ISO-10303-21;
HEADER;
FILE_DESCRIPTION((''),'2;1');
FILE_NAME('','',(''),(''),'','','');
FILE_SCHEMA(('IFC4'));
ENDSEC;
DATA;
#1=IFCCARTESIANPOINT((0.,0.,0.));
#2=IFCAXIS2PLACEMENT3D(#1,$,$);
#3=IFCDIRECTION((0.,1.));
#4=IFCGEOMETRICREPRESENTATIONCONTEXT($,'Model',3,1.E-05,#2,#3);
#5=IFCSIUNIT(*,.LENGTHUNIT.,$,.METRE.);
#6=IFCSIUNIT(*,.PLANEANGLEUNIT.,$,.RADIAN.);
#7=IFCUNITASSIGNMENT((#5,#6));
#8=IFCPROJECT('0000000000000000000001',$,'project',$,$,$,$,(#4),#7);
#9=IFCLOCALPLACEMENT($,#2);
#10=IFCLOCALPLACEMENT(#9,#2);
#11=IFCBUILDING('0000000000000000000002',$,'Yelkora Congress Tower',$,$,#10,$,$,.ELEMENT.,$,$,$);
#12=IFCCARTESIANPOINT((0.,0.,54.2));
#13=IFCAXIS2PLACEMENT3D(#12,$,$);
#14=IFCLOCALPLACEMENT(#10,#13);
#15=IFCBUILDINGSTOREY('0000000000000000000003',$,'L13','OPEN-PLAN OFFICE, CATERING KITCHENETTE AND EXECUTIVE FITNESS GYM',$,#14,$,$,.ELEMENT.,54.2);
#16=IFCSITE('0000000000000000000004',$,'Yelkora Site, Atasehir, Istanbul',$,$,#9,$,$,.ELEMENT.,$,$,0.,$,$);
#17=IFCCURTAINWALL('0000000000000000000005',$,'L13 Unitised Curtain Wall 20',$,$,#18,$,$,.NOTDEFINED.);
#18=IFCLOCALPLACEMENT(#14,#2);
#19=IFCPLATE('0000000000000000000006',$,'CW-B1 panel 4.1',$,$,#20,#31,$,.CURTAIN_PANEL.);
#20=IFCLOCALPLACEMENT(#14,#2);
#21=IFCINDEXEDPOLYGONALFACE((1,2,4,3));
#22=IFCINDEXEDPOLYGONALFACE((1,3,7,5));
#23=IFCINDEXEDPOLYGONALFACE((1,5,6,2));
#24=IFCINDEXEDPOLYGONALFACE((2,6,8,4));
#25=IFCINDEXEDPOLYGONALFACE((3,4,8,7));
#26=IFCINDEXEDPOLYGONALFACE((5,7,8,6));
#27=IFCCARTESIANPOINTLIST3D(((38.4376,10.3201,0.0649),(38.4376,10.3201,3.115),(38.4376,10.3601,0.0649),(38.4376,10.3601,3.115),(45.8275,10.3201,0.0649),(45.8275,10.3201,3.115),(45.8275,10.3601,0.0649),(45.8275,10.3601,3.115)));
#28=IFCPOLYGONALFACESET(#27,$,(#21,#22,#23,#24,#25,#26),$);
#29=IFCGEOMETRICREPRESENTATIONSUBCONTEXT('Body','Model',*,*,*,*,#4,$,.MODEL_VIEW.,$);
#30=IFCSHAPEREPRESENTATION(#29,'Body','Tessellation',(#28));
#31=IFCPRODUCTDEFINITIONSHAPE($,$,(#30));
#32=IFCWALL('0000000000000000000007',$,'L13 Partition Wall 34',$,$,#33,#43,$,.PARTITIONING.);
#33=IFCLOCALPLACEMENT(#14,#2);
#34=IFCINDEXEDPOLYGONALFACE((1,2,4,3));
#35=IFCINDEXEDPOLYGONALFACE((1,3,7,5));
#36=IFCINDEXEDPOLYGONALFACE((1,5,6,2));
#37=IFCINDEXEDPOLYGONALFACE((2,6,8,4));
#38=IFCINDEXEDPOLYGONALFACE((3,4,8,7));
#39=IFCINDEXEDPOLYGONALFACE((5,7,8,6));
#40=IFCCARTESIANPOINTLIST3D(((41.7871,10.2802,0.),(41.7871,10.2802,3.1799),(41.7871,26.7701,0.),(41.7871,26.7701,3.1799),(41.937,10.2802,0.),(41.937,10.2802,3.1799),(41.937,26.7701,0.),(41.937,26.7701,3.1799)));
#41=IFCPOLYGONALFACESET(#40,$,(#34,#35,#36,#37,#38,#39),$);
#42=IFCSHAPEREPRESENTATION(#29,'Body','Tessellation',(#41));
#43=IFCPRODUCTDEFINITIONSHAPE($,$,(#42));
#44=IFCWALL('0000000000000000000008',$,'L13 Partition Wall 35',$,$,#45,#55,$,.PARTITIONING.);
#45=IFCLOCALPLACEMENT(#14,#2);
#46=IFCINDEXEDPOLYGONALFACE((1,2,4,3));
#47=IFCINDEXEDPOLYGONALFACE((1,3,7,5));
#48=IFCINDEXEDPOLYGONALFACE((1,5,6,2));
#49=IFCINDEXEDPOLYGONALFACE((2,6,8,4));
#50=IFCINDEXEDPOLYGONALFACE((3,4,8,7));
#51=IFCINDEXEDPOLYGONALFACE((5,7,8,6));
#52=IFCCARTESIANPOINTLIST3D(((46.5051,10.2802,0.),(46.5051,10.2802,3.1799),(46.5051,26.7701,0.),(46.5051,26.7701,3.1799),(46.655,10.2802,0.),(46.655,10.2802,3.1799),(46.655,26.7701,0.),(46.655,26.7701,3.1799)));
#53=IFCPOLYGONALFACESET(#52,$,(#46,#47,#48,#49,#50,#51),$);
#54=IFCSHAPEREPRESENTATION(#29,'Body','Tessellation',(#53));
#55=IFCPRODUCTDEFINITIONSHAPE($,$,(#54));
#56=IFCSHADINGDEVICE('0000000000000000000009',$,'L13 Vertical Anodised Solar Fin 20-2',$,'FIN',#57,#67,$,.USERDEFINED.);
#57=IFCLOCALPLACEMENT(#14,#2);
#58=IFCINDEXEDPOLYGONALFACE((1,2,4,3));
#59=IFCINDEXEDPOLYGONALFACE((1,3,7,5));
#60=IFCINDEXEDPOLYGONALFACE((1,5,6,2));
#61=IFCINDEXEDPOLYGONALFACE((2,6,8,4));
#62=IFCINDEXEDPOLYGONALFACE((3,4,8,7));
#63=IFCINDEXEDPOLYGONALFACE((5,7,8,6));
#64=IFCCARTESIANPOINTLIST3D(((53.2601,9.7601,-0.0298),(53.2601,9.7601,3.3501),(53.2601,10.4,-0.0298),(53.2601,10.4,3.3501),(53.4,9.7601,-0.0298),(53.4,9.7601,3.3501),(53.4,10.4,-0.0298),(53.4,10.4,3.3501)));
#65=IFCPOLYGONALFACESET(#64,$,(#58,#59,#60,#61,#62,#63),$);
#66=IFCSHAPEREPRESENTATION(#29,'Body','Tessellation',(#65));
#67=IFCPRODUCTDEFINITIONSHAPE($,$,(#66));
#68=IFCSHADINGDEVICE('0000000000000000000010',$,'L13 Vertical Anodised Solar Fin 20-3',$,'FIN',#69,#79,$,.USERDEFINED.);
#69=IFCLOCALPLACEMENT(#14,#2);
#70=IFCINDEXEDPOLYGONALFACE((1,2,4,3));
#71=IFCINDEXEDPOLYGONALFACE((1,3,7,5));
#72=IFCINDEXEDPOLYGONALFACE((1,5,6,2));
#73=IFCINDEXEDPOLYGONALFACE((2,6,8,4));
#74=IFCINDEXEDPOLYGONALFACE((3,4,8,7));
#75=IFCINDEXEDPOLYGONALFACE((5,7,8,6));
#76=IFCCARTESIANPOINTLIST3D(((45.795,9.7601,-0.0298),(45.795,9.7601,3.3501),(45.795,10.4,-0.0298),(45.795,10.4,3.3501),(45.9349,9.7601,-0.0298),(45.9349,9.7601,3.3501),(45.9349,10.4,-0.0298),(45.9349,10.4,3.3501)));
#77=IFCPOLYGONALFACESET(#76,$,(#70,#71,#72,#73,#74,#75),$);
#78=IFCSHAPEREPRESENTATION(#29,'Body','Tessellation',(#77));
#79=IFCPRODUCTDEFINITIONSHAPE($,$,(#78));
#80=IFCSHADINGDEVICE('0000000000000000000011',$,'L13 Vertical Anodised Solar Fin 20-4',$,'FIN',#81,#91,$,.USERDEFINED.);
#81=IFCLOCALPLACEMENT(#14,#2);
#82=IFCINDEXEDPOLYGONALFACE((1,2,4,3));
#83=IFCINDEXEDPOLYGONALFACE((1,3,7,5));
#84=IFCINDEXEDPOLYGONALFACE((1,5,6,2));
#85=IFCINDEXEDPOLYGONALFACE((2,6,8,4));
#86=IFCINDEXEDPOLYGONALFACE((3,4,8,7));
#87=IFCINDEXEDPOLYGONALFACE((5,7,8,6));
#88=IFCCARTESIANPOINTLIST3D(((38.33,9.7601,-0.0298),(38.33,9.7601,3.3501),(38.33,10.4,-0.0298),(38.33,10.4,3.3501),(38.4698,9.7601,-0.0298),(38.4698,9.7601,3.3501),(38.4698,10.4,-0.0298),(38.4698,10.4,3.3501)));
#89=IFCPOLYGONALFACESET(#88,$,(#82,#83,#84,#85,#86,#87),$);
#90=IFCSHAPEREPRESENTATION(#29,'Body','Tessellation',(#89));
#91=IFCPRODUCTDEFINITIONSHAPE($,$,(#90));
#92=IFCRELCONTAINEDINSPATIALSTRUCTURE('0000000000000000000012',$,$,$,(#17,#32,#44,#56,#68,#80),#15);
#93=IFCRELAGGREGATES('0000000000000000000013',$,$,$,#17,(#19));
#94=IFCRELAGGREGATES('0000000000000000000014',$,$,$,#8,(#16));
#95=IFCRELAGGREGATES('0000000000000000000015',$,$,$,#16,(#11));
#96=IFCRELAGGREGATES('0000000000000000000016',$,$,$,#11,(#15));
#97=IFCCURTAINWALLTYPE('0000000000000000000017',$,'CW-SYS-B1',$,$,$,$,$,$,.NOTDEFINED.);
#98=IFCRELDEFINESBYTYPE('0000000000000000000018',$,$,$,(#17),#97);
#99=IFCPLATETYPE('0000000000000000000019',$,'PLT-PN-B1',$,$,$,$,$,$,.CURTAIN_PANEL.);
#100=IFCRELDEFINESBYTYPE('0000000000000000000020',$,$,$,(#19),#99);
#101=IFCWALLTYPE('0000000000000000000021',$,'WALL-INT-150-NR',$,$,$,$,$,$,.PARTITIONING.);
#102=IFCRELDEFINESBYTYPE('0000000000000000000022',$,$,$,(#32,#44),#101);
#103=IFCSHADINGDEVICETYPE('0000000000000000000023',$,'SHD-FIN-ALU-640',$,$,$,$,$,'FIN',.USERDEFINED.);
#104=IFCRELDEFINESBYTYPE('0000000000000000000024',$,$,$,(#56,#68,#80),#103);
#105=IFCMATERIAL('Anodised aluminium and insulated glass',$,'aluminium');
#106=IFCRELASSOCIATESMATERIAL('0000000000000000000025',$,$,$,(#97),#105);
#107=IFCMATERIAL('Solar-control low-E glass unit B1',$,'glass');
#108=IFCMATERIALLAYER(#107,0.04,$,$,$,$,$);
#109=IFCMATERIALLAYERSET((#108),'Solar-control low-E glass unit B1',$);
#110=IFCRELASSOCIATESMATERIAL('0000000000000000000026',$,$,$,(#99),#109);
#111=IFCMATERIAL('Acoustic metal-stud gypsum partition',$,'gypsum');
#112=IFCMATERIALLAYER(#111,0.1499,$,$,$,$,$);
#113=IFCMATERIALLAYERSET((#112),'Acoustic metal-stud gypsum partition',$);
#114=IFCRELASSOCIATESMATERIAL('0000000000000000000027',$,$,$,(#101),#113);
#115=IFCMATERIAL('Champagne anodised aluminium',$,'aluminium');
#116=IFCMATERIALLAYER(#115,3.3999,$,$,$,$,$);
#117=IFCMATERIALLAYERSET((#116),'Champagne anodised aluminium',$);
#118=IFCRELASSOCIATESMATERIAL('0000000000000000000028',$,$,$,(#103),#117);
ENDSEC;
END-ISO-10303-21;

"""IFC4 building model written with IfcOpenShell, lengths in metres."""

from ifc_helpers import new_model, si_unit, direction, frame, frame_2d, origin, origin_2d, place, context, subcontext, project, spatial, rectangle, extrude, material, layer, layer_set, type_object, element, aggregate, save


model = new_model("IFC4")

# Units and contexts
model_context = context("Model", 3, precision=1e-05, world=origin(), true_north=direction((0.0, 1.0)))
body_context = subcontext(model_context, "Body", "Model", "MODEL_VIEW")
ifc_project = project(units=[si_unit("LENGTHUNIT", "METRE"), si_unit("PLANEANGLEUNIT", "RADIAN")], contexts=[model_context])

# Site, building, storey
site_placement = place(None, origin())
site = spatial("IfcSite", under=ifc_project, at=site_placement, Name="Yelkora Site, Atasehir, Istanbul", CompositionType="ELEMENT", RefElevation=0.0)
building_placement = place(site_placement, origin())
building = spatial("IfcBuilding", under=site, at=building_placement, Name="Yelkora Congress Tower", CompositionType="ELEMENT")
storey_placement = place(building_placement, frame((0.0, 0.0, 54.2)))
storey = spatial("IfcBuildingStorey", under=building, at=storey_placement, Name="L13", Description="OPEN-PLAN OFFICE, CATERING KITCHENETTE AND EXECUTIVE FITNESS GYM", CompositionType="ELEMENT", Elevation=54.2)

# Curtain wall, plate
ifc_material_1 = material(Name="Anodised aluminium and insulated glass", Category="aluminium")
curtain_wall_type = type_object("IfcCurtainWallType", Name="CW-SYS-B1", PredefinedType="NOTDEFINED", material=ifc_material_1)
curtain_wall_placement = place(storey_placement, origin())
curtain_wall = element("IfcCurtainWall", 1, at=curtain_wall_placement, inside=storey, type_object=curtain_wall_type, Name="L13 Unitised Curtain Wall 20", PredefinedType="NOTDEFINED")
ifc_material_2 = material(Name="Solar-control low-E glass unit B1", Category="glass")
ifc_layer_1 = layer(ifc_material_2, 0.04)
ifc_layer_set_1 = layer_set([ifc_layer_1], Name="Solar-control low-E glass unit B1")
plate_type = type_object("IfcPlateType", Name="PLT-PN-B1", PredefinedType="CURTAIN_PANEL", material=ifc_layer_set_1)
plate_1_placement = place(storey_placement, frame((42.1326, 10.3401, 0.0649), z_axis=(0.0, 0.0, 1.0), x_axis=(-1.0, 0.0, 0.0)))
plate_1 = element("IfcPlate", 2, at=plate_1_placement, type_object=plate_type, Name="CW-B1 panel 4.1", PredefinedType="CURTAIN_PANEL", context=body_context, shape_type="SweptSolid", body=[
    extrude(rectangle(XDim=7.3899, YDim=0.04, at=origin_2d()), origin(), (0.0, 0.0, 1.0), 3.05),
])
aggregate(curtain_wall, [plate_1])

# Walls
ifc_material_3 = material(Name="Acoustic metal-stud gypsum partition", Category="gypsum")
ifc_layer_2 = layer(ifc_material_3, 0.1499)
ifc_layer_set_2 = layer_set([ifc_layer_2], Name="Acoustic metal-stud gypsum partition")
wall_type = type_object("IfcWallType", Name="WALL-INT-150-NR", PredefinedType="PARTITIONING", material=ifc_layer_set_2)
for number, where, z_axis, x_axis, name in (
    (3, (41.8621, 10.28, 0.0), (0.0, 0.0, 1.0), (0.0, 1.0, 0.0), "L13 Partition Wall 34"),
    (4, (46.5801, 10.28, 0.0), (0.0, 0.0, 1.0), (0.0, 1.0, 0.0), "L13 Partition Wall 35"),
):
    element("IfcWall", number, at=place(storey_placement, frame(where, z_axis=z_axis, x_axis=x_axis)), inside=storey, type_object=wall_type, Name=name, PredefinedType="PARTITIONING", context=body_context, shape_type="SweptSolid", body=[
        extrude(rectangle(XDim=16.49, YDim=0.1499, at=frame_2d((8.2451, 0.0))), origin(), (0.0, 0.0, 1.0), 3.1799),
    ])

# Shading devices
ifc_material_4 = material(Name="Champagne anodised aluminium", Category="aluminium")
ifc_layer_3 = layer(ifc_material_4, 3.3999)
ifc_layer_set_3 = layer_set([ifc_layer_3], Name="Champagne anodised aluminium")
shading_device_type = type_object("IfcShadingDeviceType", Name="SHD-FIN-ALU-640", ElementType="FIN", PredefinedType="USERDEFINED", material=ifc_layer_set_3)
for number, where, z_axis, x_axis, name in (
    (5, (53.3301, 10.0801, -0.0298), (0.0, 0.0, 1.0), (-1.0, 0.0, 0.0), "L13 Vertical Anodised Solar Fin 20-2"),
    (6, (45.865, 10.0801, -0.0298), (0.0, 0.0, 1.0), (-1.0, 0.0, 0.0), "L13 Vertical Anodised Solar Fin 20-3"),
    (7, (38.3999, 10.0801, -0.0298), (0.0, 0.0, 1.0), (-1.0, 0.0, 0.0), "L13 Vertical Anodised Solar Fin 20-4"),
):
    element("IfcShadingDevice", number, at=place(storey_placement, frame(where, z_axis=z_axis, x_axis=x_axis)), inside=storey, type_object=shading_device_type, Name=name, ObjectType="FIN", PredefinedType="USERDEFINED", context=body_context, shape_type="SweptSolid", body=[
        extrude(rectangle(XDim=0.1399, YDim=0.6399, at=origin_2d()), origin(), (0.0, 0.0, 1.0), 3.3799),
    ])

save(model, "model.ifc")
